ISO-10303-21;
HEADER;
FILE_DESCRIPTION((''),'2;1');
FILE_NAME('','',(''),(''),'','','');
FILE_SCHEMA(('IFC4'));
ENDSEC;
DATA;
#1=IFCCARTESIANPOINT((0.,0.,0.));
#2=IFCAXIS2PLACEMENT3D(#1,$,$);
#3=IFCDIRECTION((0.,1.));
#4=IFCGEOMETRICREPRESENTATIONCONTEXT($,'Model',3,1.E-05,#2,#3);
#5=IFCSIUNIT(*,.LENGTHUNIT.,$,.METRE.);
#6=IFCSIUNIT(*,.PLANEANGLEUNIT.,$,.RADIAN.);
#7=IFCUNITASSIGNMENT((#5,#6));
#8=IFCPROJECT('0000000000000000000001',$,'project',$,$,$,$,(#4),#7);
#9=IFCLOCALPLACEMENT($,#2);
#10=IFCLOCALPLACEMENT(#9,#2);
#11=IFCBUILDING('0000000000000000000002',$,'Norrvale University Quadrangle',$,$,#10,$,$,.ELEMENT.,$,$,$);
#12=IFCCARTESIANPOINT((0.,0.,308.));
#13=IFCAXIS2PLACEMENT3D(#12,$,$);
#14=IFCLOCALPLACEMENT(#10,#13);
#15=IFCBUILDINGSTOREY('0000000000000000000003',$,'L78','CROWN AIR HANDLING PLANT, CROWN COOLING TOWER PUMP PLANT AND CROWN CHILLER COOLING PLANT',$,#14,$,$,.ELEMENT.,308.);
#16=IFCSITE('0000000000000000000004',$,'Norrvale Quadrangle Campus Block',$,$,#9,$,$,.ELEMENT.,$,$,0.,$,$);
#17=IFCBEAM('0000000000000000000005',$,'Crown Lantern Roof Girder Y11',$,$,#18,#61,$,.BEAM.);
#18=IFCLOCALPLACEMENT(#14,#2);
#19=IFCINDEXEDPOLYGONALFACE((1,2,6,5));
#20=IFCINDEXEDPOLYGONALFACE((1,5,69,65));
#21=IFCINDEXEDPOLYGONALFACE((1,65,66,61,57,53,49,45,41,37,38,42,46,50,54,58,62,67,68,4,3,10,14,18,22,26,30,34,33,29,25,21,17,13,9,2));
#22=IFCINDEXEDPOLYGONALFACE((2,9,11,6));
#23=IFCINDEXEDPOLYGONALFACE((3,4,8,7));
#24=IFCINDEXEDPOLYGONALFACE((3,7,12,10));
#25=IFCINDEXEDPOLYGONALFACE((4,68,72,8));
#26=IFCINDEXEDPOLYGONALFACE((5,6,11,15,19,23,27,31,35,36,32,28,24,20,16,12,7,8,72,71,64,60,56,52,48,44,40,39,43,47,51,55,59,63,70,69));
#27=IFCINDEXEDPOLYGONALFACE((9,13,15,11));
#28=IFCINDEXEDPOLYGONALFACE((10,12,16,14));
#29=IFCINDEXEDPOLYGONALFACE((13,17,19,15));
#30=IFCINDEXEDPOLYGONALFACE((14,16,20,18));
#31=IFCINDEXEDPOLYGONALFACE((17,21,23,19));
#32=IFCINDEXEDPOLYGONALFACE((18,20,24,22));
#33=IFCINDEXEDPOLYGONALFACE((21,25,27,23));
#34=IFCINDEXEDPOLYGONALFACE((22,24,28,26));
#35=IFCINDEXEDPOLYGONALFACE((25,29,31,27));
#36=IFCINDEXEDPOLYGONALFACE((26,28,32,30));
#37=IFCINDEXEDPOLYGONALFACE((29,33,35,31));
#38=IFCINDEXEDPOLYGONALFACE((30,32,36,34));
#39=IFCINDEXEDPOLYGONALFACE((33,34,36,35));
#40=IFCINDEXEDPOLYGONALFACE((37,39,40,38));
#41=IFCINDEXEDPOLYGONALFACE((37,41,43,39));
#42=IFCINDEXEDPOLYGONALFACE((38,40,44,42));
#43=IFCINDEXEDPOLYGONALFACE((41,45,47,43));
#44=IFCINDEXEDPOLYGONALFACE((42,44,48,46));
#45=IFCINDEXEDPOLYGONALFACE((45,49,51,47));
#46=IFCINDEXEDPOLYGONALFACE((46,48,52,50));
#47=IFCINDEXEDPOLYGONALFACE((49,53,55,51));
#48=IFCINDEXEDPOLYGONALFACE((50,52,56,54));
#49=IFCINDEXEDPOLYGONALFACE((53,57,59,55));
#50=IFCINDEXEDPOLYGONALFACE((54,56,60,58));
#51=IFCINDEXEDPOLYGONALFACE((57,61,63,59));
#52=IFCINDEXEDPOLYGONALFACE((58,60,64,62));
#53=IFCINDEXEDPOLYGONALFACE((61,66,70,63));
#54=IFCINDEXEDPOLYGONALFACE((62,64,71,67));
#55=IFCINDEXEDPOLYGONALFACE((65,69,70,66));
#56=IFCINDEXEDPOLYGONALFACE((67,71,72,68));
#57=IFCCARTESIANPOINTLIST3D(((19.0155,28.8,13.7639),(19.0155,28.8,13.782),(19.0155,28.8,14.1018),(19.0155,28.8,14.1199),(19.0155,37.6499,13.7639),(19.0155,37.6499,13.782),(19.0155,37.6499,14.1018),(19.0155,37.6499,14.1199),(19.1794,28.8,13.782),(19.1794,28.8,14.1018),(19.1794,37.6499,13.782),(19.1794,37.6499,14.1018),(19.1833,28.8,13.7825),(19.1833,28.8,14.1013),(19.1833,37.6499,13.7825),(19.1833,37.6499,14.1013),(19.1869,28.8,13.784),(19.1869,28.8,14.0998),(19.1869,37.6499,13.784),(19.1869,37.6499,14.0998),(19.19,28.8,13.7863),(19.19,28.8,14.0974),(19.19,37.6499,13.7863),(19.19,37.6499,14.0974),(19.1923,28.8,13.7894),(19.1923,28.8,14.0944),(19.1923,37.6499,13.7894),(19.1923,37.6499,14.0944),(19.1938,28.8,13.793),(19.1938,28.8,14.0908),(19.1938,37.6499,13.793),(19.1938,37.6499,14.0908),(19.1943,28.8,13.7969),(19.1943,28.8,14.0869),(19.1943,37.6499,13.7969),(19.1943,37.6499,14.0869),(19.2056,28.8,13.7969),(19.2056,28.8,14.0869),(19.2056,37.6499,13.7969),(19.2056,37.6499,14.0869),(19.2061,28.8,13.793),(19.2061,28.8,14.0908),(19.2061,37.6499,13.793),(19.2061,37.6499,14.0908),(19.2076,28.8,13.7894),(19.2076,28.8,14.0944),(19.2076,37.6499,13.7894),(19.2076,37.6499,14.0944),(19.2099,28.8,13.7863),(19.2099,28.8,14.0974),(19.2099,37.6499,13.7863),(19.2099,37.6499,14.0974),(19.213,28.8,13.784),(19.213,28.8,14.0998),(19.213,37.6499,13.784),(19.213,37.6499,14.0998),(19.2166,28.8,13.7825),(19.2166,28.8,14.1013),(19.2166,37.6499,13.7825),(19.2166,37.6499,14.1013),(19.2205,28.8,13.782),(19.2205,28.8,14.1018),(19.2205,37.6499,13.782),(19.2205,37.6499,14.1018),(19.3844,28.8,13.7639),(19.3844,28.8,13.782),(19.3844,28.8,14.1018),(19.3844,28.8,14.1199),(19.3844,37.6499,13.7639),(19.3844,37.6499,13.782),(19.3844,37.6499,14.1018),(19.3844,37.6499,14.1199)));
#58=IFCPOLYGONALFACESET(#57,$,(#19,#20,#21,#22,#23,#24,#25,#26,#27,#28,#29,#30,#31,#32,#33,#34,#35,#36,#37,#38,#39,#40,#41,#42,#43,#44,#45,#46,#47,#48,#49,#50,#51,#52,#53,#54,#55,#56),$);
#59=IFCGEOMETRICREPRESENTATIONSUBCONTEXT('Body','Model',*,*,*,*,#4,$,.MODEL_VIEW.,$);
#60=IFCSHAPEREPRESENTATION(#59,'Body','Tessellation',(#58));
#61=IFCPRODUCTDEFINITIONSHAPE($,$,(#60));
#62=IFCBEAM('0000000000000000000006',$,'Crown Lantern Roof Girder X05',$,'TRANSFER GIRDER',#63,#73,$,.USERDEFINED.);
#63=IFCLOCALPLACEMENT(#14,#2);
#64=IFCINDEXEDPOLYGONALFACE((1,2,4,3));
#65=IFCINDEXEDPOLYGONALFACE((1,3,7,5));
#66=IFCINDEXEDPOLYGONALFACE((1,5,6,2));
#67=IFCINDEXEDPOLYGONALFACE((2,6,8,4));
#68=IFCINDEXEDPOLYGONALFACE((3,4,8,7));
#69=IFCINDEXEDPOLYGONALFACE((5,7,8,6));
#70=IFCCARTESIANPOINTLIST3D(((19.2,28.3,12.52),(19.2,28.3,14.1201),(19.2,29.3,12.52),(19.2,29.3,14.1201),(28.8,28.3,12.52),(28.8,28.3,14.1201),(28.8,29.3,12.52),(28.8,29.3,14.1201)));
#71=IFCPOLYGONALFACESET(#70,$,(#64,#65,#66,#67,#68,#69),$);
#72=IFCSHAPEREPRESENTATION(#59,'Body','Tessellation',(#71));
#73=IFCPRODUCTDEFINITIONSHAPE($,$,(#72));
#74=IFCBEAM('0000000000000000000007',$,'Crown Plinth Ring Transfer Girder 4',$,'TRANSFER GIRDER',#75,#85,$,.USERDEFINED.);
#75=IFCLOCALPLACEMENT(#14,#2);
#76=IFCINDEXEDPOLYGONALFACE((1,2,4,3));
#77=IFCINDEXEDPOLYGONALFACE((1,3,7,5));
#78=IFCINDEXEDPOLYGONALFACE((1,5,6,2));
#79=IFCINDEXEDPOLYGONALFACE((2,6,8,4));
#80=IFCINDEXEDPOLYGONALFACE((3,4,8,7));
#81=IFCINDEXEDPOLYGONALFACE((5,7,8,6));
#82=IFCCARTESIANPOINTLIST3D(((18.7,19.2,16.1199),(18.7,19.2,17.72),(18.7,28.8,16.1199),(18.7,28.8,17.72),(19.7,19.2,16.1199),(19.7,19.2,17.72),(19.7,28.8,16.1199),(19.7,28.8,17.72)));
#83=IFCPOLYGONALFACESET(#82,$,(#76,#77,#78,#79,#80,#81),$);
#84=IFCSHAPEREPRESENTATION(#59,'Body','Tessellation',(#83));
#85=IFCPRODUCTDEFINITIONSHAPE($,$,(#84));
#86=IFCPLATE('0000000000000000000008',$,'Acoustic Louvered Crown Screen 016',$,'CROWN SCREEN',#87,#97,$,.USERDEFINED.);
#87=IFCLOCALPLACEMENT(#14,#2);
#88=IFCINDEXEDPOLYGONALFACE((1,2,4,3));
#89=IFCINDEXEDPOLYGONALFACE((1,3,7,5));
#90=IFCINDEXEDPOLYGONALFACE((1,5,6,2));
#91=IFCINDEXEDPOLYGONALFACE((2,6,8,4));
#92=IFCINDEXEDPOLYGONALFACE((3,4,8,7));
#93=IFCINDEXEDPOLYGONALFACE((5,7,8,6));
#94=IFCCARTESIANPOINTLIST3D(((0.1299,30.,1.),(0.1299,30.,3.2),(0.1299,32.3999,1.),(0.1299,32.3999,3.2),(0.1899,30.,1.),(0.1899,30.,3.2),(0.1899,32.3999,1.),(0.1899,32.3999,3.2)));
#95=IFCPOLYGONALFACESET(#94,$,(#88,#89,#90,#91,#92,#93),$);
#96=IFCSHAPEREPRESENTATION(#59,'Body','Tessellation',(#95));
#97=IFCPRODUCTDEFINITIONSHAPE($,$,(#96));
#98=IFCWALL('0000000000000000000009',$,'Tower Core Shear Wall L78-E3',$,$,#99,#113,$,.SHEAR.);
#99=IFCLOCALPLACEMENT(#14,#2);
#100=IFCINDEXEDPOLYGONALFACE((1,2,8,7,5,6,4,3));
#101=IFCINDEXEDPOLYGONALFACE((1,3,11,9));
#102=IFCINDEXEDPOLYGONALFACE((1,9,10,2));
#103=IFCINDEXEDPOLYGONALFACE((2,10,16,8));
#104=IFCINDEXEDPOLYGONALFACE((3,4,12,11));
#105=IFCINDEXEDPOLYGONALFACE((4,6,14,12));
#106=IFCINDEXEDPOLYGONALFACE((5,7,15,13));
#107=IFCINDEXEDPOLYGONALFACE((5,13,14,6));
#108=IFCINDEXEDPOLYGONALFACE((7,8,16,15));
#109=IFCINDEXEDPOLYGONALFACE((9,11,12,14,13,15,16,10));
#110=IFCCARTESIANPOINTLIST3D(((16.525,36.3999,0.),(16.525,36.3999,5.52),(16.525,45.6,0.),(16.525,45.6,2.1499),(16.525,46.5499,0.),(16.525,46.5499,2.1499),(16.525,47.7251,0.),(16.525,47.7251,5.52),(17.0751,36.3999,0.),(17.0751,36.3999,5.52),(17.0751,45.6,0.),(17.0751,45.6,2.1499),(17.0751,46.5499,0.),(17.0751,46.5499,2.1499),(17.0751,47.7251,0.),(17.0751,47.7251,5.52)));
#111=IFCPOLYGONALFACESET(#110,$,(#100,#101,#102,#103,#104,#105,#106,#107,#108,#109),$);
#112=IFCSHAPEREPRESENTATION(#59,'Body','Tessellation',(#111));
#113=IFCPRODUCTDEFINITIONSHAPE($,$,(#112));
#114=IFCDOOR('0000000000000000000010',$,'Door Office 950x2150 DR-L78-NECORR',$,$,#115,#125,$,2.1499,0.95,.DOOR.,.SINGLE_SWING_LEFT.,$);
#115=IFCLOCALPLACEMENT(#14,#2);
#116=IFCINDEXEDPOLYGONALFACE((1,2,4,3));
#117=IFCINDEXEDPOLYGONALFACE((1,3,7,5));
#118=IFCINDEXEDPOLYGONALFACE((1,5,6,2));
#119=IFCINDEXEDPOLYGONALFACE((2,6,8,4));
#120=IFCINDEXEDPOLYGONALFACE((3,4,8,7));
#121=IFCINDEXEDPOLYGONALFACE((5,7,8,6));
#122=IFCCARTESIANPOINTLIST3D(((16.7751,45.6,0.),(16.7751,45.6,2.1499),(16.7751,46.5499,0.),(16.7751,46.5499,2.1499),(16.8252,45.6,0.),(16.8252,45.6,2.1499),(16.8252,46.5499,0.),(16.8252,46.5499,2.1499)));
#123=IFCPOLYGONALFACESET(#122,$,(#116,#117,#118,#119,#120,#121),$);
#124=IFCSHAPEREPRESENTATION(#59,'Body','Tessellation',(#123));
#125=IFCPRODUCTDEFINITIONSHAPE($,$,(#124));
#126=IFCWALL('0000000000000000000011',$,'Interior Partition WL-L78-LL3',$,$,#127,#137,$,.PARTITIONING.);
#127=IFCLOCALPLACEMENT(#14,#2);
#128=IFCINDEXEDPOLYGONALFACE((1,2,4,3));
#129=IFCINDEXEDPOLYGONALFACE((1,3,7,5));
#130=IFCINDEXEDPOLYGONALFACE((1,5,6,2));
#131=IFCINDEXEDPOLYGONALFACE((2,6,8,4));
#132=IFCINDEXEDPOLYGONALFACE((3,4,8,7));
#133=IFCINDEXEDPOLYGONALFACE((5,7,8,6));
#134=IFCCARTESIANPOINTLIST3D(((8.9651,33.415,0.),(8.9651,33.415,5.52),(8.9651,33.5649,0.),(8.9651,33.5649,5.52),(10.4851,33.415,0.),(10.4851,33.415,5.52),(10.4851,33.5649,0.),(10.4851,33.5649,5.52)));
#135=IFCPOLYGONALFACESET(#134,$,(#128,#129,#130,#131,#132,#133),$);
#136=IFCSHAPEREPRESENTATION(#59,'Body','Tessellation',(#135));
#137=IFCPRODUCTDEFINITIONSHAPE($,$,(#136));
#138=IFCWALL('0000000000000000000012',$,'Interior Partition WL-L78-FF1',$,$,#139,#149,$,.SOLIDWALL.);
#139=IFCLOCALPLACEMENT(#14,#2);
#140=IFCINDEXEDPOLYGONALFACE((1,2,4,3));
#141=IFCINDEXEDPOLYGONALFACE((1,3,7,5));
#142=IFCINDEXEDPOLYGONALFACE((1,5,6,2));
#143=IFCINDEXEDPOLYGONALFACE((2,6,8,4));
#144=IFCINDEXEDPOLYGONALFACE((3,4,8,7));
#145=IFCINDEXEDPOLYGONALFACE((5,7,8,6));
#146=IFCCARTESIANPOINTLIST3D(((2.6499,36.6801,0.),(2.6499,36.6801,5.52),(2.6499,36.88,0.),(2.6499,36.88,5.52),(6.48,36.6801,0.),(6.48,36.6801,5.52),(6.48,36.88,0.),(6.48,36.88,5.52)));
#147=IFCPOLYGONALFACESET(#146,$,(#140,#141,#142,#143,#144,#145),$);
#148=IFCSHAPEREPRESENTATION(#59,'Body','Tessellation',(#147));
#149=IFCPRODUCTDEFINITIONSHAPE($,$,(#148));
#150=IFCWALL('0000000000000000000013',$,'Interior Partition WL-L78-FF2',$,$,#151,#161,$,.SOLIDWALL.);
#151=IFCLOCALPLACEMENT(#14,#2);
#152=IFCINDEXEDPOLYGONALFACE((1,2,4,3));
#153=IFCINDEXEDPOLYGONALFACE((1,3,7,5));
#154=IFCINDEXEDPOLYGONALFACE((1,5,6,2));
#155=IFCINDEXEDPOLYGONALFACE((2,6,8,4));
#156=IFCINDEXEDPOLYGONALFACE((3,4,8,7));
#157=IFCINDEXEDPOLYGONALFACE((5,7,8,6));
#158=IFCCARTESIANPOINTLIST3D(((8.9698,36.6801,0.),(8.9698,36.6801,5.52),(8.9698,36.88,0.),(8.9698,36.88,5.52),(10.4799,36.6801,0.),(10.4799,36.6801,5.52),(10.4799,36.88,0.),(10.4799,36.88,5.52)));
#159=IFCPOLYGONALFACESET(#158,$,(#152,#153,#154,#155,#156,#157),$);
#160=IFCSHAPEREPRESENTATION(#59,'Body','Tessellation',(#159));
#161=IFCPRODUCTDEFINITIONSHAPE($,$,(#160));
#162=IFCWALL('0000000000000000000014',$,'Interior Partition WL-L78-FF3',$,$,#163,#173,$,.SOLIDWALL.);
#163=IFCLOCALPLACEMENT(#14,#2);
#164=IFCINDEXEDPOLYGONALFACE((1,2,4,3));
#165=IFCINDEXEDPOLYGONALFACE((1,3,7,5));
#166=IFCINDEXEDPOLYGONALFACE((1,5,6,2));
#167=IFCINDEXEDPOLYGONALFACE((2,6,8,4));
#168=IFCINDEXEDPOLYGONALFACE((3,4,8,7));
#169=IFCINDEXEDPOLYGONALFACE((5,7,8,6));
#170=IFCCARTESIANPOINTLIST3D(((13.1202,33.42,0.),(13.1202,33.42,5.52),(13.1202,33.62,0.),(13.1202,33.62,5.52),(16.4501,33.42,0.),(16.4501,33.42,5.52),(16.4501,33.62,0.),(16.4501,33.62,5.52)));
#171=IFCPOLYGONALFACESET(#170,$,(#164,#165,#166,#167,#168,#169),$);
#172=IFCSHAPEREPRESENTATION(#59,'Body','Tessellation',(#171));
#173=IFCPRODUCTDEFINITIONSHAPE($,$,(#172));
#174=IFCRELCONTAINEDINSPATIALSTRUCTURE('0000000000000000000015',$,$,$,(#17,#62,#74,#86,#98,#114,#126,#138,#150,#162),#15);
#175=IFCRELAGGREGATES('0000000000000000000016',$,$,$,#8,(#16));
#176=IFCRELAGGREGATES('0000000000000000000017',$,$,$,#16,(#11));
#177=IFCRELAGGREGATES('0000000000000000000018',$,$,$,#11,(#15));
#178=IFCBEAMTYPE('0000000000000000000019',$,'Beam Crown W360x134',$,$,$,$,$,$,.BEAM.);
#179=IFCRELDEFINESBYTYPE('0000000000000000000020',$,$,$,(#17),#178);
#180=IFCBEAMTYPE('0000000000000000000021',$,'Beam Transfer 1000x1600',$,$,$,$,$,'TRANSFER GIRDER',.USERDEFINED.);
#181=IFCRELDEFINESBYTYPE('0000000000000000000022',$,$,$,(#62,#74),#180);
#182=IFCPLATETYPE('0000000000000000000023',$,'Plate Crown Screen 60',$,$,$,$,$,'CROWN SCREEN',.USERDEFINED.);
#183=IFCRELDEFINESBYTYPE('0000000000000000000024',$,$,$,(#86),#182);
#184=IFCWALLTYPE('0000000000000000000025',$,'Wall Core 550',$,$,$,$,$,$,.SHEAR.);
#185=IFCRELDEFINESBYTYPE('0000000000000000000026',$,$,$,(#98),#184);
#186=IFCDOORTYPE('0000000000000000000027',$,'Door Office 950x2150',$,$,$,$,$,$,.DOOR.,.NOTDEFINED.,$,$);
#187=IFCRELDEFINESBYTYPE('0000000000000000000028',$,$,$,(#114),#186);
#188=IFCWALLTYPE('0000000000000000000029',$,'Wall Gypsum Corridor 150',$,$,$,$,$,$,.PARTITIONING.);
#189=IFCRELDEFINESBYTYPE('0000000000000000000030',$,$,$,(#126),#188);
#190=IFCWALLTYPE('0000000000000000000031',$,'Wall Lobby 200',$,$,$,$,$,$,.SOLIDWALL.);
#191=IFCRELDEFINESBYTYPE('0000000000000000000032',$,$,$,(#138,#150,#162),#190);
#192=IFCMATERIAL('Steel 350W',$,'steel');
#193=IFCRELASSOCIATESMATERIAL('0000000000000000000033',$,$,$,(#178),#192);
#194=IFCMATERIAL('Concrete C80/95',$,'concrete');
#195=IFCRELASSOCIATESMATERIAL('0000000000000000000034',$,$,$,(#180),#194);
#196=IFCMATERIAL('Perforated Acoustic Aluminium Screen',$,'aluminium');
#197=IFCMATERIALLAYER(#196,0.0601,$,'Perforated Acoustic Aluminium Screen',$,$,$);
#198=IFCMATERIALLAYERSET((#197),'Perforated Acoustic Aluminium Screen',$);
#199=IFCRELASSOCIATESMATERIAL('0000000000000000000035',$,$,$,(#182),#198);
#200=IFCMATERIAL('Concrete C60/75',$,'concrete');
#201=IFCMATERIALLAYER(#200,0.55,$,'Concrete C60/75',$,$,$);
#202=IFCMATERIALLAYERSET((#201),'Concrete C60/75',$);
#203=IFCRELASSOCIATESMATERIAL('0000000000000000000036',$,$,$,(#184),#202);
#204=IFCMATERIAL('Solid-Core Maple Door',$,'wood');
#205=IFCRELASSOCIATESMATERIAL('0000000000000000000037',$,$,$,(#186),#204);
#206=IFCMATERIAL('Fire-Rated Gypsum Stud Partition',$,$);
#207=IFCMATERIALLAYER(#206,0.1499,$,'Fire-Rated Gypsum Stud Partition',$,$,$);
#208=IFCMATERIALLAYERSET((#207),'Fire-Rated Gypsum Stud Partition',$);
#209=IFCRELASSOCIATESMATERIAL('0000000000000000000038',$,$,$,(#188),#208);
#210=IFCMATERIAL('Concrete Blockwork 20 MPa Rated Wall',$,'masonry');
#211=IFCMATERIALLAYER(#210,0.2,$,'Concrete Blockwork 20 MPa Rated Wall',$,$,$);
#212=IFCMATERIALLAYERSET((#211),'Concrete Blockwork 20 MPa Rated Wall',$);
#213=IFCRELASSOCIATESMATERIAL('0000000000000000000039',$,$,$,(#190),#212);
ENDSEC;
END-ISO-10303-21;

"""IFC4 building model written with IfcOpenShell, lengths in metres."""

from ifc_helpers import new_model, si_unit, direction, frame, frame_2d, origin, origin_2d, place, context, subcontext, project, spatial, rectangle, i_section, extrude, material, layer, layer_set, material_profile, profile_set, type_object, element, fill, save


model = new_model("IFC4")

# Units and contexts
model_context = context("Model", 3, precision=1e-05, world=origin(), true_north=direction((0.0, 1.0)))
body_context = subcontext(model_context, "Body", "Model", "MODEL_VIEW")
ifc_project = project(units=[si_unit("LENGTHUNIT", "METRE"), si_unit("PLANEANGLEUNIT", "RADIAN")], contexts=[model_context])

# Site, building, storey
site_placement = place(None, origin())
site = spatial("IfcSite", under=ifc_project, at=site_placement, Name="Norrvale Quadrangle Campus Block", CompositionType="ELEMENT", RefElevation=0.0)
building_placement = place(site_placement, origin())
building = spatial("IfcBuilding", under=site, at=building_placement, Name="Norrvale University Quadrangle", CompositionType="ELEMENT")
storey_placement = place(building_placement, frame((0.0, 0.0, 308.0)))
storey = spatial("IfcBuildingStorey", under=building, at=storey_placement, Name="L78", Description="CROWN AIR HANDLING PLANT, CROWN COOLING TOWER PUMP PLANT AND CROWN CHILLER COOLING PLANT", CompositionType="ELEMENT", Elevation=308.0)

# Shared definitions
ifc_material_1 = material(Name="Steel 350W", Category="steel")

# Beams
ifc_material_2 = material(Name="Concrete C80/95", Category="concrete")
ifc_material_profile_1 = material_profile(ifc_material_1, i_section(OverallWidth=0.3689, OverallDepth=0.356, WebThickness=0.0112, FlangeThickness=0.0181, FilletRadius=0.0149, at=origin_2d()), Name="Steel 350W")
ifc_profile_set_1 = profile_set([ifc_material_profile_1], Name="Steel 350W")
beam_type_1 = type_object("IfcBeamType", Name="Beam Crown W360x134", PredefinedType="BEAM", material=ifc_profile_set_1)
beam_1_placement = place(storey_placement, frame((19.2, 28.8, 13.9419), z_axis=(0.0, 1.0, 0.0), x_axis=(-1.0, 0.0, 0.0)))
element("IfcBeam", 1, at=beam_1_placement, inside=storey, type_object=beam_type_1, Name="Crown Lantern Roof Girder Y11", PredefinedType="BEAM", context=body_context, shape_type="SweptSolid", body=[
    extrude(i_section(OverallWidth=0.3689, OverallDepth=0.356, WebThickness=0.0112, FlangeThickness=0.0181, FilletRadius=0.0149, at=origin_2d()), origin(), (0.0, 0.0, 1.0), 8.8499),
])
ifc_material_profile_2 = material_profile(ifc_material_2, rectangle(XDim=1.0, YDim=1.6001, at=origin_2d()), Name="Concrete C80/95")
ifc_profile_set_2 = profile_set([ifc_material_profile_2], Name="Concrete C80/95")
beam_type_2 = type_object("IfcBeamType", Name="Beam Transfer 1000x1600", ElementType="TRANSFER GIRDER", PredefinedType="USERDEFINED", material=ifc_profile_set_2)
for number, where, z_axis, x_axis, name in (
    (2, (19.2, 28.8, 13.3201), (1.0, 0.0, 0.0), (0.0, 1.0, 0.0), "Crown Lantern Roof Girder X05"),
    (3, (19.2, 28.8, 16.9199), (0.0, -1.0, 0.0), (1.0, 0.0, 0.0), "Crown Plinth Ring Transfer Girder 4"),
):
    element("IfcBeam", number, at=place(storey_placement, frame(where, z_axis=z_axis, x_axis=x_axis)), inside=storey, type_object=beam_type_2, Name=name, ObjectType="TRANSFER GIRDER", PredefinedType="USERDEFINED", context=body_context, shape_type="SweptSolid", body=[
        extrude(rectangle(XDim=1.0, YDim=1.6001, at=origin_2d()), origin(), (0.0, 0.0, 1.0), 9.6001),
    ])

# Plate
ifc_material_3 = material(Name="Perforated Acoustic Aluminium Screen", Category="aluminium")
ifc_layer_1 = layer(ifc_material_3, 0.0601, Name="Perforated Acoustic Aluminium Screen")
ifc_layer_set_1 = layer_set([ifc_layer_1], Name="Perforated Acoustic Aluminium Screen")
plate_type = type_object("IfcPlateType", Name="Plate Crown Screen 60", ElementType="CROWN SCREEN", PredefinedType="USERDEFINED", material=ifc_layer_set_1)
plate_placement = place(storey_placement, frame((0.1599, 31.2, 1.0), z_axis=(0.0, 0.0, 1.0), x_axis=(0.0, -1.0, 0.0)))
element("IfcPlate", 4, at=plate_placement, inside=storey, type_object=plate_type, Name="Acoustic Louvered Crown Screen 016", ObjectType="CROWN SCREEN", PredefinedType="USERDEFINED", context=body_context, shape_type="SweptSolid", body=[
    extrude(rectangle(XDim=2.3999, YDim=0.0601, at=origin_2d()), origin(), (0.0, 0.0, 1.0), 2.2),
])

# Wall, opening, door
ifc_material_4 = material(Name="Concrete C60/75", Category="concrete")
ifc_layer_2 = layer(ifc_material_4, 0.55, Name="Concrete C60/75")
ifc_layer_set_2 = layer_set([ifc_layer_2], Name="Concrete C60/75")
wall_type_1 = type_object("IfcWallType", Name="Wall Core 550", PredefinedType="SHEAR", material=ifc_layer_set_2)
wall_1_placement = place(storey_placement, frame((16.8, 36.3999, 0.0), z_axis=(0.0, 0.0, 1.0), x_axis=(0.0, 1.0, 0.0)))
wall_1 = element("IfcWall", 5, at=wall_1_placement, inside=storey, type_object=wall_type_1, Name="Tower Core Shear Wall L78-E3", PredefinedType="SHEAR", context=body_context, shape_type="SweptSolid", body=[
    extrude(rectangle(XDim=11.3252, YDim=0.55, at=frame_2d((5.6626, 0.0))), origin(), (0.0, 0.0, 1.0), 5.52),
])
opening_1_placement = place(wall_1_placement, frame((9.2, 0.0, 0.0)))
opening_1 = element("IfcOpeningElement", 6, at=opening_1_placement, cuts=wall_1, PredefinedType="OPENING", context=body_context, shape_type="SweptSolid", body=[
    extrude(rectangle(XDim=0.95, YDim=2.1499, at=frame_2d((0.4751, 1.075))), frame((0.0, 0.2871, 0.0), z_axis=(0.0, -1.0, 0.0), x_axis=(1.0, 0.0, 0.0)), (0.0, 0.0, 1.0), 0.574),
])
ifc_material_5 = material(Name="Solid-Core Maple Door", Category="wood")
door_type_1 = type_object("IfcDoorType", Name="Door Office 950x2150", OperationType="NOTDEFINED", PredefinedType="DOOR", material=ifc_material_5)
door_1_placement = place(opening_1_placement, origin())
door_1 = element("IfcDoor", 7, at=door_1_placement, inside=storey, type_object=door_type_1, Name="Door Office 950x2150 DR-L78-NECORR", OperationType="SINGLE_SWING_LEFT", OverallHeight=2.1499, OverallWidth=0.95, PredefinedType="DOOR", context=body_context, shape_type="SweptSolid", body=[
    extrude(rectangle(XDim=0.95, YDim=2.1499, at=frame_2d((0.4751, 1.075))), frame((0.0, 0.0249, 0.0), z_axis=(0.0, -1.0, 0.0), x_axis=(1.0, 0.0, 0.0)), (0.0, 0.0, 1.0), 0.05),
])
fill(opening_1, door_1)

# Walls
ifc_material_6 = material(Name="Fire-Rated Gypsum Stud Partition")
ifc_layer_3 = layer(ifc_material_6, 0.1499, Name="Fire-Rated Gypsum Stud Partition")
ifc_layer_set_3 = layer_set([ifc_layer_3], Name="Fire-Rated Gypsum Stud Partition")
wall_type_2 = type_object("IfcWallType", Name="Wall Gypsum Corridor 150", PredefinedType="PARTITIONING", material=ifc_layer_set_3)
wall_2_placement = place(storey_placement, frame((8.9651, 33.49, 0.0), z_axis=(0.0, 0.0, 1.0), x_axis=(1.0, 0.0, 0.0)))
element("IfcWall", 8, at=wall_2_placement, inside=storey, type_object=wall_type_2, Name="Interior Partition WL-L78-LL3", PredefinedType="PARTITIONING", context=body_context, shape_type="SweptSolid", body=[
    extrude(rectangle(XDim=1.52, YDim=0.1499, at=frame_2d((0.76, 0.0))), origin(), (0.0, 0.0, 1.0), 5.52),
])
ifc_material_7 = material(Name="Concrete Blockwork 20 MPa Rated Wall", Category="masonry")
ifc_layer_4 = layer(ifc_material_7, 0.2, Name="Concrete Blockwork 20 MPa Rated Wall")
ifc_layer_set_4 = layer_set([ifc_layer_4], Name="Concrete Blockwork 20 MPa Rated Wall")
wall_type_3 = type_object("IfcWallType", Name="Wall Lobby 200", PredefinedType="SOLIDWALL", material=ifc_layer_set_4)
wall_3_placement = place(storey_placement, frame((2.6499, 36.78, 0.0), z_axis=(0.0, 0.0, 1.0), x_axis=(1.0, 0.0, 0.0)))
element("IfcWall", 9, at=wall_3_placement, inside=storey, type_object=wall_type_3, Name="Interior Partition WL-L78-FF1", PredefinedType="SOLIDWALL", context=body_context, shape_type="SweptSolid", body=[
    extrude(rectangle(XDim=3.8301, YDim=0.2, at=frame_2d((1.915, 0.0))), origin(), (0.0, 0.0, 1.0), 5.52),
])
wall_4_placement = place(storey_placement, frame((8.97, 36.78, 0.0), z_axis=(0.0, 0.0, 1.0), x_axis=(1.0, 0.0, 0.0)))
element("IfcWall", 10, at=wall_4_placement, inside=storey, type_object=wall_type_3, Name="Interior Partition WL-L78-FF2", PredefinedType="SOLIDWALL", context=body_context, shape_type="SweptSolid", body=[
    extrude(rectangle(XDim=1.51, YDim=0.2, at=frame_2d((0.7549, 0.0))), origin(), (0.0, 0.0, 1.0), 5.52),
])
wall_5_placement = place(storey_placement, frame((13.1201, 33.52, 0.0), z_axis=(0.0, 0.0, 1.0), x_axis=(1.0, 0.0, 0.0)))
element("IfcWall", 11, at=wall_5_placement, inside=storey, type_object=wall_type_3, Name="Interior Partition WL-L78-FF3", PredefinedType="SOLIDWALL", context=body_context, shape_type="SweptSolid", body=[
    extrude(rectangle(XDim=3.3298, YDim=0.2, at=frame_2d((1.665, 0.0))), origin(), (0.0, 0.0, 1.0), 5.52),
])

save(model, "model.ifc")
